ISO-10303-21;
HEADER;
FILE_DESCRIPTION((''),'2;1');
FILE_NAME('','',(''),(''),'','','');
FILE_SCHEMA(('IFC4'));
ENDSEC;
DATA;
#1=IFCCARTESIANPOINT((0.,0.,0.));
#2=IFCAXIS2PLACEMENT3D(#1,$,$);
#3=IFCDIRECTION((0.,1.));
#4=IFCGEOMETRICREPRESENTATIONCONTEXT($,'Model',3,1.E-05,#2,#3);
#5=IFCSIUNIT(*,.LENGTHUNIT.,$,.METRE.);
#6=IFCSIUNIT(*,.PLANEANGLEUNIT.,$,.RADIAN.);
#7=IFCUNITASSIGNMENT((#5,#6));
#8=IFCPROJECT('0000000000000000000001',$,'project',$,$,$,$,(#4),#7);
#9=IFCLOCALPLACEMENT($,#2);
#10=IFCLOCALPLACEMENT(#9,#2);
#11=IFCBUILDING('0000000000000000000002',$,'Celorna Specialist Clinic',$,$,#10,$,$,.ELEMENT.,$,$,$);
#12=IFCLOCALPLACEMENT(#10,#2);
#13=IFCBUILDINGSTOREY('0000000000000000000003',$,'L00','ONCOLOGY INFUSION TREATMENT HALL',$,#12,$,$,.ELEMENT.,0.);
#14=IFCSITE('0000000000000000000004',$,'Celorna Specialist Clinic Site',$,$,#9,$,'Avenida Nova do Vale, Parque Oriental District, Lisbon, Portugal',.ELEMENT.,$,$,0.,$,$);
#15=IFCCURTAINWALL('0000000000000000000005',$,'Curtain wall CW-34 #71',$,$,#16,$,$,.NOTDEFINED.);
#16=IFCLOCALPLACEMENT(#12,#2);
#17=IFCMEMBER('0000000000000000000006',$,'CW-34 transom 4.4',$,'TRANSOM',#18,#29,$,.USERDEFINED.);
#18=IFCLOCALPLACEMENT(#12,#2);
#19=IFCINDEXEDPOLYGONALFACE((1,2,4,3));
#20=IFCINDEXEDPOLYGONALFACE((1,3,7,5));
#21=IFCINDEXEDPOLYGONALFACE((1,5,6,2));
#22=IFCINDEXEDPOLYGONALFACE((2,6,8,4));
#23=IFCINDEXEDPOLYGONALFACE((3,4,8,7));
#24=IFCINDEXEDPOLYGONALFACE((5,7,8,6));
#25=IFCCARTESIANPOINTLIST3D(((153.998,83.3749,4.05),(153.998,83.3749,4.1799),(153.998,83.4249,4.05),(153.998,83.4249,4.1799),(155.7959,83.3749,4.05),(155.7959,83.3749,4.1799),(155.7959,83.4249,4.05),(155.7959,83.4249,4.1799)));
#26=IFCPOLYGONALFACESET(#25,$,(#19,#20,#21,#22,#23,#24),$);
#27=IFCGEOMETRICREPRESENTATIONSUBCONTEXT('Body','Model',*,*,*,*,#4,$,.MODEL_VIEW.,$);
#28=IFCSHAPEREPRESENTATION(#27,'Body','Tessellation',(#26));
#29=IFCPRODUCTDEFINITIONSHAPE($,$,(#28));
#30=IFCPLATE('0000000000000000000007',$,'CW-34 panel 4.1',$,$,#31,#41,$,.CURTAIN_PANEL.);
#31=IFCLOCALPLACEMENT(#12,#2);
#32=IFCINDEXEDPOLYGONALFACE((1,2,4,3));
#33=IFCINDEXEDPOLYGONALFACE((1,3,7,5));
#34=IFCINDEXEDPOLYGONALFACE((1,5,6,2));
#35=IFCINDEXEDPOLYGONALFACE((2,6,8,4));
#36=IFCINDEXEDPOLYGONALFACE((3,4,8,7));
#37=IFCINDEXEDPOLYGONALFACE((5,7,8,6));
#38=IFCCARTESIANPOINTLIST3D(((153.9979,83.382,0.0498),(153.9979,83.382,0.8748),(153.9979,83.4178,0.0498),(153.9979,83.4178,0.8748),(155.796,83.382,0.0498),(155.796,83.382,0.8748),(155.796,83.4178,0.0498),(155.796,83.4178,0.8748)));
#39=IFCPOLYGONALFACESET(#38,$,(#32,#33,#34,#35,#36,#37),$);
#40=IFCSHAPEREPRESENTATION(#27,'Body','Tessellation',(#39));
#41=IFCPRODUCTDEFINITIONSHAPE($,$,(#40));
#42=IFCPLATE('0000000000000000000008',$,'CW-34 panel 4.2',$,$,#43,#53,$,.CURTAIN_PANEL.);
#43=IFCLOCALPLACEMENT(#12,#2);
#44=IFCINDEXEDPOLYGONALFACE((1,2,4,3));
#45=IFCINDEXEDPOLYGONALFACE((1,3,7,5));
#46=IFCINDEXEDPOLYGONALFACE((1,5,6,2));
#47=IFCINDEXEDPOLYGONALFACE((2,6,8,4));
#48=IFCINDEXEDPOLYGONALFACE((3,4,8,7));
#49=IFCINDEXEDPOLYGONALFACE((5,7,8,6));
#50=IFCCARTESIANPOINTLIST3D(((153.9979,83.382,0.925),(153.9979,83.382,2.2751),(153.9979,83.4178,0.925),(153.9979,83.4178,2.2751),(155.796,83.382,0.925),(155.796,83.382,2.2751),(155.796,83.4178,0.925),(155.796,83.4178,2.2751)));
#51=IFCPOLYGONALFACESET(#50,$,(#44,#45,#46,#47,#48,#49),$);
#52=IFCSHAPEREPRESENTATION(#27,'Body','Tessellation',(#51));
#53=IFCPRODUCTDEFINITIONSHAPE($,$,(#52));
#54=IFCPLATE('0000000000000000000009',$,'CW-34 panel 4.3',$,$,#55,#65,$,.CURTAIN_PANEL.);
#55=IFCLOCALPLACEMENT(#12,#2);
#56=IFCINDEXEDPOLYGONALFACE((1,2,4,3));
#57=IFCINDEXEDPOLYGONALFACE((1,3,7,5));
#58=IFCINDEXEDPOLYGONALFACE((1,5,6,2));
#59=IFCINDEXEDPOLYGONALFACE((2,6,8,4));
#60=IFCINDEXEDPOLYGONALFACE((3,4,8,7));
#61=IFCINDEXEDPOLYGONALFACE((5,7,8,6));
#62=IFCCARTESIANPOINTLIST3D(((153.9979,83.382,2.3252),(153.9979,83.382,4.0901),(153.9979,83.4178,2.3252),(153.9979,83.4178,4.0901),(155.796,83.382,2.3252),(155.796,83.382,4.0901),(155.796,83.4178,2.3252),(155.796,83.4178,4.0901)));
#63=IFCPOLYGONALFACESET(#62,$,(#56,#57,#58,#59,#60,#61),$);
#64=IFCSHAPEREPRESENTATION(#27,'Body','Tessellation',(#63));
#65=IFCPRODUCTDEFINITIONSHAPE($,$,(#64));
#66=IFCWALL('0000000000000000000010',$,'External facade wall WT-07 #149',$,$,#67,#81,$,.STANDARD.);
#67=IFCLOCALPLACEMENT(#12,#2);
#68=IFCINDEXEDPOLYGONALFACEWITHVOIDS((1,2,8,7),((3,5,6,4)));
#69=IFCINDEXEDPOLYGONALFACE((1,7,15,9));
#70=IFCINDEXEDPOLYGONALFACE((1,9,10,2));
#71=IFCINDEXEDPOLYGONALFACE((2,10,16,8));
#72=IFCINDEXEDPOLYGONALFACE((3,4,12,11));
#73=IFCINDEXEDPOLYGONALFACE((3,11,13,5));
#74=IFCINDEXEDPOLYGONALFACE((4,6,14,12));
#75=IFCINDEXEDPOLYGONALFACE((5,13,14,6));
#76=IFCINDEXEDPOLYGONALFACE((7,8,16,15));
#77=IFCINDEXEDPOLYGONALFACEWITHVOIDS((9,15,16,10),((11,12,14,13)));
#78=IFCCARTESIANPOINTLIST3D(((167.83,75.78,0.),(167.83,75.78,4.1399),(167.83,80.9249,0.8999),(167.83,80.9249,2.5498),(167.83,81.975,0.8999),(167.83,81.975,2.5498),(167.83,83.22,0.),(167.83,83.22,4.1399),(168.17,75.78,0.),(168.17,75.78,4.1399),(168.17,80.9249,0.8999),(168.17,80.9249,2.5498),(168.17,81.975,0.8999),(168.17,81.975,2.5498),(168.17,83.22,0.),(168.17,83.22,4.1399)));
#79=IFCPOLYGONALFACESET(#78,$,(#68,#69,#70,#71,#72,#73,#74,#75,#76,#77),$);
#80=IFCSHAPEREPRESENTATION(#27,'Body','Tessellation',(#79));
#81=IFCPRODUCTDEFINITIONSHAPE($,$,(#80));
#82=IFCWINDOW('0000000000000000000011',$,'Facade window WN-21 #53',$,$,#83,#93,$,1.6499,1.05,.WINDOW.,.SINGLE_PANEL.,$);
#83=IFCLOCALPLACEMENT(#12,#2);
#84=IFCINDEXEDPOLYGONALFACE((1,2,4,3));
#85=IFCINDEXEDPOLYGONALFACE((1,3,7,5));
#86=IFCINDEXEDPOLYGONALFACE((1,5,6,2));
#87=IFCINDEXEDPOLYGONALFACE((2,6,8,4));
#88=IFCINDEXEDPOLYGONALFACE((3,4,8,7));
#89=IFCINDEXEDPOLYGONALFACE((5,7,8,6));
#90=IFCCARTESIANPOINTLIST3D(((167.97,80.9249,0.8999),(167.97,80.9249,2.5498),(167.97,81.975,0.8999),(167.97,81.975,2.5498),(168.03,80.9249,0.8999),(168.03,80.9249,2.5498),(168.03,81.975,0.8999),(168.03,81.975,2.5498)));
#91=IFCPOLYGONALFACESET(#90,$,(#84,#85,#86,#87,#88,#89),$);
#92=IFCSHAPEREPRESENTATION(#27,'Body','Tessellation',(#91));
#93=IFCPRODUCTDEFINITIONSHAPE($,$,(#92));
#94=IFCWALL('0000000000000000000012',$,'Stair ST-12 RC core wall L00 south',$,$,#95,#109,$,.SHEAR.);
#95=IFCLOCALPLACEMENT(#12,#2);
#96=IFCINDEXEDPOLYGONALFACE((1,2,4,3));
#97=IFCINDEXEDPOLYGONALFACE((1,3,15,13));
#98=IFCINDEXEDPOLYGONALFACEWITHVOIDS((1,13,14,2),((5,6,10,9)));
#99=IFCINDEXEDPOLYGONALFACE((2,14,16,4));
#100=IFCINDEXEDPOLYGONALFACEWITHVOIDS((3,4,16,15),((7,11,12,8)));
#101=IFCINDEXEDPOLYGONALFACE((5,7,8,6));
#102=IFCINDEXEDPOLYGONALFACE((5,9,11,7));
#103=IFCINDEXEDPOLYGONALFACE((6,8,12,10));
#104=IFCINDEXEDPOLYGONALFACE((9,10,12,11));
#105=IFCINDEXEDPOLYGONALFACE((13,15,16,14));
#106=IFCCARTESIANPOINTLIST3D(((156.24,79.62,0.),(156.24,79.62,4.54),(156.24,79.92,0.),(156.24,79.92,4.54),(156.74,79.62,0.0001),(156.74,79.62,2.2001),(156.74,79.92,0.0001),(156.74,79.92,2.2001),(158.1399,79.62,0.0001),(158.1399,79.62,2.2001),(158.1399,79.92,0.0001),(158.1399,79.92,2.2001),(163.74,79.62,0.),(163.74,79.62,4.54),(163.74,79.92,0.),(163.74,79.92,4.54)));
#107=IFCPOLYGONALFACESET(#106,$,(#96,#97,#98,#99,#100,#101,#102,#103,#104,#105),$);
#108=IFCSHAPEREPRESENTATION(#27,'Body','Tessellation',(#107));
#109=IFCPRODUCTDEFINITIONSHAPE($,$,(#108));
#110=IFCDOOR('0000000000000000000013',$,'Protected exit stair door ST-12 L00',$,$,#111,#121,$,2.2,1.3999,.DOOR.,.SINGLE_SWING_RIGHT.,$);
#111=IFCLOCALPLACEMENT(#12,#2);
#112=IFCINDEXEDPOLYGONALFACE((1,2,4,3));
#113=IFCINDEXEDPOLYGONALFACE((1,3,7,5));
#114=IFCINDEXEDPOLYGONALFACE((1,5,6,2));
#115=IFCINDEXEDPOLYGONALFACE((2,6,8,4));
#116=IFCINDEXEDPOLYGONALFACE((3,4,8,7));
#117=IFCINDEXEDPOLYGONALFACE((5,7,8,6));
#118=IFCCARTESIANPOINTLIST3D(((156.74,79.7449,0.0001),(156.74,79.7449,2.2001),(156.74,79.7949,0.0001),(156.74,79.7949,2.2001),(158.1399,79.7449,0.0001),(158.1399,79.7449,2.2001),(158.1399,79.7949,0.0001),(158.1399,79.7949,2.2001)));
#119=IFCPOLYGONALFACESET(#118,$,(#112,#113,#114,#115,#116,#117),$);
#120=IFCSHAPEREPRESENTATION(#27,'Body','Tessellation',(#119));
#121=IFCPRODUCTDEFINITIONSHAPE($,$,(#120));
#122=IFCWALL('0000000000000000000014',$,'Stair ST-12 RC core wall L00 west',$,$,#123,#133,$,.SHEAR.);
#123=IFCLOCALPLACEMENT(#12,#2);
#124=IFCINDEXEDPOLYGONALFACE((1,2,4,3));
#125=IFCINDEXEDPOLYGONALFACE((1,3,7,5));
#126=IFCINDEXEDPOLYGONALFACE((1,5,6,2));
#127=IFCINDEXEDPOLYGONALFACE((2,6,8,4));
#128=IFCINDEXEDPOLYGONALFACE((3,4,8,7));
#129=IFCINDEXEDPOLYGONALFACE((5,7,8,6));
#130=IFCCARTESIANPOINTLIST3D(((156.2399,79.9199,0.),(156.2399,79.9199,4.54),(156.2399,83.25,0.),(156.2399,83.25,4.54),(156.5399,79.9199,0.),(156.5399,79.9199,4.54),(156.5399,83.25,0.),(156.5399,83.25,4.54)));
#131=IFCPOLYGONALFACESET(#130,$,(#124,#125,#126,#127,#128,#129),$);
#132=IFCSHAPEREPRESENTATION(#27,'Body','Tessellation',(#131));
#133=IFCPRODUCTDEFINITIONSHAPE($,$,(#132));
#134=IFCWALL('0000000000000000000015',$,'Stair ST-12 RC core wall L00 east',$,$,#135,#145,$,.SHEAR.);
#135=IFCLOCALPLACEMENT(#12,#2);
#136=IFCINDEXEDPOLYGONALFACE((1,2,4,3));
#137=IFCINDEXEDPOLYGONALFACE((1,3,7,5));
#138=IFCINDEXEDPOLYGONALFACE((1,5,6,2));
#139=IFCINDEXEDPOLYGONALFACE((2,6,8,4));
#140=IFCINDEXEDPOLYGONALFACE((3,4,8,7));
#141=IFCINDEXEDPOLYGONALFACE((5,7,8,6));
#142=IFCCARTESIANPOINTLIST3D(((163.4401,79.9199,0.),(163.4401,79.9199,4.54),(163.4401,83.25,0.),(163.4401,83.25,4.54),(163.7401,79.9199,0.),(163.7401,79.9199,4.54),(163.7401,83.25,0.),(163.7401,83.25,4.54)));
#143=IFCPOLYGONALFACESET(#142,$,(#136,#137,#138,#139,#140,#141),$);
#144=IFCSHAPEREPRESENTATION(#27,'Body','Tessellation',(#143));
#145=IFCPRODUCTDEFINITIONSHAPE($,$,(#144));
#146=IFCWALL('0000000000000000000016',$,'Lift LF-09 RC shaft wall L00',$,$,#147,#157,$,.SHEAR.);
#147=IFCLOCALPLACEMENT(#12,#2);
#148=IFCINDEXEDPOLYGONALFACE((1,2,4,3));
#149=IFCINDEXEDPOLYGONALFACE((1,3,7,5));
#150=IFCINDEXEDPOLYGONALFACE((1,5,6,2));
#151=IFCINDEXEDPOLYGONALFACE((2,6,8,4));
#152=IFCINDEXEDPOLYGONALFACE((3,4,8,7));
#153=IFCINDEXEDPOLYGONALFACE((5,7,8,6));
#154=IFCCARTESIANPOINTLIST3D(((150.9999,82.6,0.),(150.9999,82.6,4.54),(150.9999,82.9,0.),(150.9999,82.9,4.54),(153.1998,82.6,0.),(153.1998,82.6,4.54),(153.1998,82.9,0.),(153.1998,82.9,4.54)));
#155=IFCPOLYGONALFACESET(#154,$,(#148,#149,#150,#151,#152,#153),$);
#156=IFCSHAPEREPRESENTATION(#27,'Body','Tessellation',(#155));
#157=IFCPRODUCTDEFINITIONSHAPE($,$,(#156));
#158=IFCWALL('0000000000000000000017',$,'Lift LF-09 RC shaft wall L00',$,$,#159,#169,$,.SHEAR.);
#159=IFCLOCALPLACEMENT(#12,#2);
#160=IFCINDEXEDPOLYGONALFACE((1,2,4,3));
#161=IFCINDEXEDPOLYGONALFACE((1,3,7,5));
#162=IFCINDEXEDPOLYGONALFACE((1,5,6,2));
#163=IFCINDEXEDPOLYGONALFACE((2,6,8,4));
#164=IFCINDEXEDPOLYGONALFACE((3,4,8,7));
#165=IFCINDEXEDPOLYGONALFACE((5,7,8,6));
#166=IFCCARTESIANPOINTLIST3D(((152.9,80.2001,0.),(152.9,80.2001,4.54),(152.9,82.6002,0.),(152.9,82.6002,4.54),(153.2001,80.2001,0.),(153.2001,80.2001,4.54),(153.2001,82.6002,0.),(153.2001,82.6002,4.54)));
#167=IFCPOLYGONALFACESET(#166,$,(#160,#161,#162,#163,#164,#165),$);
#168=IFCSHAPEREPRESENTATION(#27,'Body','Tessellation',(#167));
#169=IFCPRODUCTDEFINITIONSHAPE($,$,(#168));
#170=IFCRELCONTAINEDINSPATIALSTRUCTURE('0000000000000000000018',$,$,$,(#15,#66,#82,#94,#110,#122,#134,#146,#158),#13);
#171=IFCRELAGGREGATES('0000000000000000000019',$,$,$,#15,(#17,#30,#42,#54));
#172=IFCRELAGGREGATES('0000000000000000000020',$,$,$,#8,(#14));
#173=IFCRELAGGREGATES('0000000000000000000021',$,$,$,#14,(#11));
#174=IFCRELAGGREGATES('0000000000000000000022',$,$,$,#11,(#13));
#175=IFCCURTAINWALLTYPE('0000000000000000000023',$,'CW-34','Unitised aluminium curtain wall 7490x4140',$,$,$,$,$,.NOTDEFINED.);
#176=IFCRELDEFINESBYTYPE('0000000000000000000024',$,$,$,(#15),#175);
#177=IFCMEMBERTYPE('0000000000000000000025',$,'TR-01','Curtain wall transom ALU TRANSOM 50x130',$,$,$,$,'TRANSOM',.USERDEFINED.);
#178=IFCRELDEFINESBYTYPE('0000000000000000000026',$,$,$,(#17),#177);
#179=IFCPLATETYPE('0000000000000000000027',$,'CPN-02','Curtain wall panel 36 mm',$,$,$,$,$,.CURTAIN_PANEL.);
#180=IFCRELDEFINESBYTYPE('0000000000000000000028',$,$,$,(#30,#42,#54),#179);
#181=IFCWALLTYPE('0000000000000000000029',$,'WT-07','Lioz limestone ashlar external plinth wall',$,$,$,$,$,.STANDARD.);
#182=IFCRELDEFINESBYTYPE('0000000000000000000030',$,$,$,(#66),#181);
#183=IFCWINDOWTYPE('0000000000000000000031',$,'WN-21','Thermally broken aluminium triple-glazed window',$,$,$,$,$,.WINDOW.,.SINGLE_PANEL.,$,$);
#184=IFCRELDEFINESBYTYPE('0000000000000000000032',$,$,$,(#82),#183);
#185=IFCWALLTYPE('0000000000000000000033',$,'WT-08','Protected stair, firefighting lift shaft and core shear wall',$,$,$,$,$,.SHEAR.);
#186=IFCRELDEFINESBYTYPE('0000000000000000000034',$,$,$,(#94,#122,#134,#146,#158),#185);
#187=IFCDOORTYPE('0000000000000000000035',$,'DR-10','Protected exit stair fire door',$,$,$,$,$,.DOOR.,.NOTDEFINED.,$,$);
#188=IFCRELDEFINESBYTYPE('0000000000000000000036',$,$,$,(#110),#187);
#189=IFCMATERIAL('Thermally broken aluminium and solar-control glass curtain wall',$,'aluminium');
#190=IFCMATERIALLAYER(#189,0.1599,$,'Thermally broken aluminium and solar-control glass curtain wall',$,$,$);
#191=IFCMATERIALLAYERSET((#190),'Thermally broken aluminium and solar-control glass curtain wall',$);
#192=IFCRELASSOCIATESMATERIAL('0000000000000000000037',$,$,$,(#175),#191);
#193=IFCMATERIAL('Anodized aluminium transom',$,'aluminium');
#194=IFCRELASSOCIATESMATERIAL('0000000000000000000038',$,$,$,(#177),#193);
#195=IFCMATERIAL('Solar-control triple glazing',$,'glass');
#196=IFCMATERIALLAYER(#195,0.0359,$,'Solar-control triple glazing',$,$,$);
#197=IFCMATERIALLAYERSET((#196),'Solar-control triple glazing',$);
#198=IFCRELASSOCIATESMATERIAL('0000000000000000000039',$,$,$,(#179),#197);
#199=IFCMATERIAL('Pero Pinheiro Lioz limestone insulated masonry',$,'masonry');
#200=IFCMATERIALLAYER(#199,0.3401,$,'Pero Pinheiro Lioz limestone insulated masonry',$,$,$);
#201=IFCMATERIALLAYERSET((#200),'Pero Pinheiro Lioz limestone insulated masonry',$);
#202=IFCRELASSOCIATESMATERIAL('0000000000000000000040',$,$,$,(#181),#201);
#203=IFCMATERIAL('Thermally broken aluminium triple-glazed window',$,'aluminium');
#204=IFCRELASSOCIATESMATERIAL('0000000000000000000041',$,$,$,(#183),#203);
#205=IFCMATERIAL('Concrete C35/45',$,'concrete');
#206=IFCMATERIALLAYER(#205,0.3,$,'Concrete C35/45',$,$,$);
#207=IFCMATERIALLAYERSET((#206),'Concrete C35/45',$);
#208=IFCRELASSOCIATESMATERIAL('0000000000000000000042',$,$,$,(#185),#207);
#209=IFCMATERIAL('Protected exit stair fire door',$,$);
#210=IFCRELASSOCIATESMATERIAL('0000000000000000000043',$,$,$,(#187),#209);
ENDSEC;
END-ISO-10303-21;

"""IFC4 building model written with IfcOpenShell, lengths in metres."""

from ifc_helpers import new_model, si_unit, direction, frame, frame_2d, origin, origin_2d, place, context, subcontext, project, spatial, rectangle, extrude, material, layer, layer_set, material_profile, profile_set, type_object, element, fill, aggregate, save


model = new_model("IFC4")

# Units and contexts
model_context = context("Model", 3, precision=1e-05, world=origin(), true_north=direction((0.0, 1.0)))
body_context = subcontext(model_context, "Body", "Model", "MODEL_VIEW")
ifc_project = project(units=[si_unit("LENGTHUNIT", "METRE"), si_unit("PLANEANGLEUNIT", "RADIAN")], contexts=[model_context])

# Site, building, storey
site_placement = place(None, origin())
site = spatial("IfcSite", under=ifc_project, at=site_placement, Name="Celorna Specialist Clinic Site", LongName="Avenida Nova do Vale, Parque Oriental District, Lisbon, Portugal", CompositionType="ELEMENT", RefElevation=0.0)
building_placement = place(site_placement, origin())
building = spatial("IfcBuilding", under=site, at=building_placement, Name="Celorna Specialist Clinic", CompositionType="ELEMENT")
storey_placement = place(building_placement, origin())
storey = spatial("IfcBuildingStorey", under=building, at=storey_placement, Name="L00", Description="ONCOLOGY INFUSION TREATMENT HALL", CompositionType="ELEMENT", Elevation=0.0)

# Shared definitions
ifc_material_1 = material(Name="Concrete C35/45", Category="concrete")

# Curtain wall, member, plates
ifc_material_2 = material(Name="Thermally broken aluminium and solar-control glass curtain wall", Category="aluminium")
ifc_layer_1 = layer(ifc_material_2, 0.1599, Name="Thermally broken aluminium and solar-control glass curtain wall")
ifc_layer_set_1 = layer_set([ifc_layer_1], Name="Thermally broken aluminium and solar-control glass curtain wall")
curtain_wall_type = type_object("IfcCurtainWallType", Name="CW-34", Description="Unitised aluminium curtain wall 7490x4140", PredefinedType="NOTDEFINED", material=ifc_layer_set_1)
curtain_wall_placement = place(storey_placement, origin())
curtain_wall = element("IfcCurtainWall", 1, at=curtain_wall_placement, inside=storey, type_object=curtain_wall_type, Name="Curtain wall CW-34 #71", PredefinedType="NOTDEFINED")
ifc_material_3 = material(Name="Anodized aluminium transom", Category="aluminium")
ifc_material_profile_1 = material_profile(ifc_material_3, rectangle(XDim=0.05, YDim=0.1299, at=origin_2d()), Name="ALU TRANSOM 50x130")
ifc_profile_set_1 = profile_set([ifc_material_profile_1], Name="Anodized aluminium transom")
member_type_1 = type_object("IfcMemberType", Name="TR-01", Description="Curtain wall transom ALU TRANSOM 50x130", ElementType="TRANSOM", PredefinedType="USERDEFINED", material=ifc_profile_set_1)
member_1_placement = place(storey_placement, frame((153.998, 83.3999, 4.115), z_axis=(1.0, 0.0, 0.0), x_axis=(0.0, 1.0, 0.0)))
member_1 = element("IfcMember", 2, at=member_1_placement, type_object=member_type_1, Name="CW-34 transom 4.4", ObjectType="TRANSOM", PredefinedType="USERDEFINED", context=body_context, shape_type="SweptSolid", body=[
    extrude(rectangle(XDim=0.05, YDim=0.1299, at=origin_2d()), origin(), (0.0, 0.0, 1.0), 1.7979),
])
ifc_material_4 = material(Name="Solar-control triple glazing", Category="glass")
ifc_layer_2 = layer(ifc_material_4, 0.0359, Name="Solar-control triple glazing")
ifc_layer_set_2 = layer_set([ifc_layer_2], Name="Solar-control triple glazing")
plate_type = type_object("IfcPlateType", Name="CPN-02", Description="Curtain wall panel 36 mm", PredefinedType="CURTAIN_PANEL", material=ifc_layer_set_2)
plate_1_placement = place(storey_placement, frame((154.897, 83.3999, 0.0498), z_axis=(0.0, 0.0, 1.0), x_axis=(1.0, 0.0, 0.0)))
plate_1 = element("IfcPlate", 3, at=plate_1_placement, type_object=plate_type, Name="CW-34 panel 4.1", PredefinedType="CURTAIN_PANEL", context=body_context, shape_type="SweptSolid", body=[
    extrude(rectangle(XDim=1.7981, YDim=0.0359, at=origin_2d()), origin(), (0.0, 0.0, 1.0), 0.825),
])
plate_2_placement = place(storey_placement, frame((154.897, 83.3999, 0.925), z_axis=(0.0, 0.0, 1.0), x_axis=(1.0, 0.0, 0.0)))
plate_2 = element("IfcPlate", 4, at=plate_2_placement, type_object=plate_type, Name="CW-34 panel 4.2", PredefinedType="CURTAIN_PANEL", context=body_context, shape_type="SweptSolid", body=[
    extrude(rectangle(XDim=1.7981, YDim=0.0359, at=origin_2d()), origin(), (0.0, 0.0, 1.0), 1.3501),
])
plate_3_placement = place(storey_placement, frame((154.897, 83.3999, 2.3252), z_axis=(0.0, 0.0, 1.0), x_axis=(1.0, 0.0, 0.0)))
plate_3 = element("IfcPlate", 5, at=plate_3_placement, type_object=plate_type, Name="CW-34 panel 4.3", PredefinedType="CURTAIN_PANEL", context=body_context, shape_type="SweptSolid", body=[
    extrude(rectangle(XDim=1.7981, YDim=0.0359, at=origin_2d()), origin(), (0.0, 0.0, 1.0), 1.7649),
])
aggregate(curtain_wall, [member_1, plate_1, plate_2, plate_3])

# Wall, opening, window
ifc_material_5 = material(Name="Pero Pinheiro Lioz limestone insulated masonry", Category="masonry")
ifc_layer_3 = layer(ifc_material_5, 0.3401, Name="Pero Pinheiro Lioz limestone insulated masonry")
ifc_layer_set_3 = layer_set([ifc_layer_3], Name="Pero Pinheiro Lioz limestone insulated masonry")
wall_type_1 = type_object("IfcWallType", Name="WT-07", Description="Lioz limestone ashlar external plinth wall", PredefinedType="STANDARD", material=ifc_layer_set_3)
wall_1_placement = place(storey_placement, frame((168.0, 83.22, 0.0), z_axis=(0.0, 0.0, 1.0), x_axis=(0.0, -1.0, 0.0)))
wall_1 = element("IfcWall", 6, at=wall_1_placement, inside=storey, type_object=wall_type_1, Name="External facade wall WT-07 #149", PredefinedType="STANDARD", context=body_context, shape_type="SweptSolid", body=[
    extrude(rectangle(XDim=7.4399, YDim=0.3401, at=frame_2d((3.72, 0.0))), origin(), (0.0, 0.0, 1.0), 4.1399),
])
opening_1_placement = place(wall_1_placement, frame((1.2451, 0.0, 0.8999)))
opening_1 = element("IfcOpeningElement", 7, at=opening_1_placement, cuts=wall_1, PredefinedType="OPENING", context=body_context, shape_type="SweptSolid", body=[
    extrude(rectangle(XDim=1.05, YDim=1.6499, at=frame_2d((0.5249, 0.825))), frame((0.0, 0.1799, 0.0), z_axis=(0.0, -1.0, 0.0), x_axis=(1.0, 0.0, 0.0)), (0.0, 0.0, 1.0), 0.3601),
])
ifc_material_6 = material(Name="Thermally broken aluminium triple-glazed window", Category="aluminium")
window_type = type_object("IfcWindowType", Name="WN-21", Description="Thermally broken aluminium triple-glazed window", PartitioningType="SINGLE_PANEL", PredefinedType="WINDOW", material=ifc_material_6)
window_placement = place(opening_1_placement, origin())
window = element("IfcWindow", 8, at=window_placement, inside=storey, type_object=window_type, Name="Facade window WN-21 #53", OverallHeight=1.6499, OverallWidth=1.05, PartitioningType="SINGLE_PANEL", PredefinedType="WINDOW", context=body_context, shape_type="SweptSolid", body=[
    extrude(rectangle(XDim=1.05, YDim=1.6499, at=frame_2d((0.5249, 0.825))), frame((0.0, 0.03, 0.0), z_axis=(0.0, -1.0, 0.0), x_axis=(1.0, 0.0, 0.0)), (0.0, 0.0, 1.0), 0.0601),
])
fill(opening_1, window)

# Wall, opening, door
ifc_layer_4 = layer(ifc_material_1, 0.3, Name="Concrete C35/45")
ifc_layer_set_4 = layer_set([ifc_layer_4], Name="Concrete C35/45")
wall_type_2 = type_object("IfcWallType", Name="WT-08", Description="Protected stair, firefighting lift shaft and core shear wall", PredefinedType="SHEAR", material=ifc_layer_set_4)
wall_2_placement = place(storey_placement, frame((156.24, 79.77, 0.0), z_axis=(0.0, 0.0, 1.0), x_axis=(1.0, 0.0, 0.0)))
wall_2 = element("IfcWall", 9, at=wall_2_placement, inside=storey, type_object=wall_type_2, Name="Stair ST-12 RC core wall L00 south", PredefinedType="SHEAR", context=body_context, shape_type="SweptSolid", body=[
    extrude(rectangle(XDim=7.5, YDim=0.3, at=frame_2d((3.75, 0.0))), origin(), (0.0, 0.0, 1.0), 4.54),
])
opening_2_placement = place(wall_2_placement, frame((0.5, 0.0, 0.0)))
opening_2 = element("IfcOpeningElement", 10, at=opening_2_placement, cuts=wall_2, PredefinedType="OPENING", context=body_context, shape_type="SweptSolid", body=[
    extrude(rectangle(XDim=1.3999, YDim=2.2, at=frame_2d((0.7, 1.1001))), frame((0.0, 0.1599, 0.0), z_axis=(0.0, -1.0, 0.0), x_axis=(1.0, 0.0, 0.0)), (0.0, 0.0, 1.0), 0.3201),
])
ifc_material_7 = material(Name="Protected exit stair fire door")
door_type = type_object("IfcDoorType", Name="DR-10", Description="Protected exit stair fire door", OperationType="NOTDEFINED", PredefinedType="DOOR", material=ifc_material_7)
door_placement = place(opening_2_placement, origin())
door = element("IfcDoor", 11, at=door_placement, inside=storey, type_object=door_type, Name="Protected exit stair door ST-12 L00", OperationType="SINGLE_SWING_RIGHT", OverallHeight=2.2, OverallWidth=1.3999, PredefinedType="DOOR", context=body_context, shape_type="SweptSolid", body=[
    extrude(rectangle(XDim=1.3999, YDim=2.2, at=frame_2d((0.7, 1.1001))), frame((0.0, 0.0249, 0.0), z_axis=(0.0, -1.0, 0.0), x_axis=(1.0, 0.0, 0.0)), (0.0, 0.0, 1.0), 0.05),
])
fill(opening_2, door)

# Walls
for number, where, z_axis, x_axis, name in (
    (12, (156.3899, 83.25, 0.0), (0.0, 0.0, 1.0), (0.0, -1.0, 0.0), "Stair ST-12 RC core wall L00 west"),
    (13, (163.5901, 79.9199, 0.0), (0.0, 0.0, 1.0), (0.0, 1.0, 0.0), "Stair ST-12 RC core wall L00 east"),
):
    element("IfcWall", number, at=place(storey_placement, frame(where, z_axis=z_axis, x_axis=x_axis)), inside=storey, type_object=wall_type_2, Name=name, PredefinedType="SHEAR", context=body_context, shape_type="SweptSolid", body=[
        extrude(rectangle(XDim=3.3301, YDim=0.3, at=frame_2d((1.665, 0.0))), origin(), (0.0, 0.0, 1.0), 4.54),
    ])
wall_3_placement = place(storey_placement, frame((153.2, 82.75, 0.0), z_axis=(0.0, 0.0, 1.0), x_axis=(-1.0, 0.0, 0.0)))
element("IfcWall", 14, at=wall_3_placement, inside=storey, type_object=wall_type_2, Name="Lift LF-09 RC shaft wall L00", PredefinedType="SHEAR", context=body_context, shape_type="SweptSolid", body=[
    extrude(rectangle(XDim=2.2, YDim=0.3, at=frame_2d((1.1001, 0.0))), origin(), (0.0, 0.0, 1.0), 4.54),
])
wall_4_placement = place(storey_placement, frame((153.05, 80.2, 0.0), z_axis=(0.0, 0.0, 1.0), x_axis=(0.0, 1.0, 0.0)))
element("IfcWall", 15, at=wall_4_placement, inside=storey, type_object=wall_type_2, Name="Lift LF-09 RC shaft wall L00", PredefinedType="SHEAR", context=body_context, shape_type="SweptSolid", body=[
    extrude(rectangle(XDim=2.4001, YDim=0.3, at=frame_2d((1.2002, 0.0))), origin(), (0.0, 0.0, 1.0), 4.54),
])

save(model, "model.ifc")
